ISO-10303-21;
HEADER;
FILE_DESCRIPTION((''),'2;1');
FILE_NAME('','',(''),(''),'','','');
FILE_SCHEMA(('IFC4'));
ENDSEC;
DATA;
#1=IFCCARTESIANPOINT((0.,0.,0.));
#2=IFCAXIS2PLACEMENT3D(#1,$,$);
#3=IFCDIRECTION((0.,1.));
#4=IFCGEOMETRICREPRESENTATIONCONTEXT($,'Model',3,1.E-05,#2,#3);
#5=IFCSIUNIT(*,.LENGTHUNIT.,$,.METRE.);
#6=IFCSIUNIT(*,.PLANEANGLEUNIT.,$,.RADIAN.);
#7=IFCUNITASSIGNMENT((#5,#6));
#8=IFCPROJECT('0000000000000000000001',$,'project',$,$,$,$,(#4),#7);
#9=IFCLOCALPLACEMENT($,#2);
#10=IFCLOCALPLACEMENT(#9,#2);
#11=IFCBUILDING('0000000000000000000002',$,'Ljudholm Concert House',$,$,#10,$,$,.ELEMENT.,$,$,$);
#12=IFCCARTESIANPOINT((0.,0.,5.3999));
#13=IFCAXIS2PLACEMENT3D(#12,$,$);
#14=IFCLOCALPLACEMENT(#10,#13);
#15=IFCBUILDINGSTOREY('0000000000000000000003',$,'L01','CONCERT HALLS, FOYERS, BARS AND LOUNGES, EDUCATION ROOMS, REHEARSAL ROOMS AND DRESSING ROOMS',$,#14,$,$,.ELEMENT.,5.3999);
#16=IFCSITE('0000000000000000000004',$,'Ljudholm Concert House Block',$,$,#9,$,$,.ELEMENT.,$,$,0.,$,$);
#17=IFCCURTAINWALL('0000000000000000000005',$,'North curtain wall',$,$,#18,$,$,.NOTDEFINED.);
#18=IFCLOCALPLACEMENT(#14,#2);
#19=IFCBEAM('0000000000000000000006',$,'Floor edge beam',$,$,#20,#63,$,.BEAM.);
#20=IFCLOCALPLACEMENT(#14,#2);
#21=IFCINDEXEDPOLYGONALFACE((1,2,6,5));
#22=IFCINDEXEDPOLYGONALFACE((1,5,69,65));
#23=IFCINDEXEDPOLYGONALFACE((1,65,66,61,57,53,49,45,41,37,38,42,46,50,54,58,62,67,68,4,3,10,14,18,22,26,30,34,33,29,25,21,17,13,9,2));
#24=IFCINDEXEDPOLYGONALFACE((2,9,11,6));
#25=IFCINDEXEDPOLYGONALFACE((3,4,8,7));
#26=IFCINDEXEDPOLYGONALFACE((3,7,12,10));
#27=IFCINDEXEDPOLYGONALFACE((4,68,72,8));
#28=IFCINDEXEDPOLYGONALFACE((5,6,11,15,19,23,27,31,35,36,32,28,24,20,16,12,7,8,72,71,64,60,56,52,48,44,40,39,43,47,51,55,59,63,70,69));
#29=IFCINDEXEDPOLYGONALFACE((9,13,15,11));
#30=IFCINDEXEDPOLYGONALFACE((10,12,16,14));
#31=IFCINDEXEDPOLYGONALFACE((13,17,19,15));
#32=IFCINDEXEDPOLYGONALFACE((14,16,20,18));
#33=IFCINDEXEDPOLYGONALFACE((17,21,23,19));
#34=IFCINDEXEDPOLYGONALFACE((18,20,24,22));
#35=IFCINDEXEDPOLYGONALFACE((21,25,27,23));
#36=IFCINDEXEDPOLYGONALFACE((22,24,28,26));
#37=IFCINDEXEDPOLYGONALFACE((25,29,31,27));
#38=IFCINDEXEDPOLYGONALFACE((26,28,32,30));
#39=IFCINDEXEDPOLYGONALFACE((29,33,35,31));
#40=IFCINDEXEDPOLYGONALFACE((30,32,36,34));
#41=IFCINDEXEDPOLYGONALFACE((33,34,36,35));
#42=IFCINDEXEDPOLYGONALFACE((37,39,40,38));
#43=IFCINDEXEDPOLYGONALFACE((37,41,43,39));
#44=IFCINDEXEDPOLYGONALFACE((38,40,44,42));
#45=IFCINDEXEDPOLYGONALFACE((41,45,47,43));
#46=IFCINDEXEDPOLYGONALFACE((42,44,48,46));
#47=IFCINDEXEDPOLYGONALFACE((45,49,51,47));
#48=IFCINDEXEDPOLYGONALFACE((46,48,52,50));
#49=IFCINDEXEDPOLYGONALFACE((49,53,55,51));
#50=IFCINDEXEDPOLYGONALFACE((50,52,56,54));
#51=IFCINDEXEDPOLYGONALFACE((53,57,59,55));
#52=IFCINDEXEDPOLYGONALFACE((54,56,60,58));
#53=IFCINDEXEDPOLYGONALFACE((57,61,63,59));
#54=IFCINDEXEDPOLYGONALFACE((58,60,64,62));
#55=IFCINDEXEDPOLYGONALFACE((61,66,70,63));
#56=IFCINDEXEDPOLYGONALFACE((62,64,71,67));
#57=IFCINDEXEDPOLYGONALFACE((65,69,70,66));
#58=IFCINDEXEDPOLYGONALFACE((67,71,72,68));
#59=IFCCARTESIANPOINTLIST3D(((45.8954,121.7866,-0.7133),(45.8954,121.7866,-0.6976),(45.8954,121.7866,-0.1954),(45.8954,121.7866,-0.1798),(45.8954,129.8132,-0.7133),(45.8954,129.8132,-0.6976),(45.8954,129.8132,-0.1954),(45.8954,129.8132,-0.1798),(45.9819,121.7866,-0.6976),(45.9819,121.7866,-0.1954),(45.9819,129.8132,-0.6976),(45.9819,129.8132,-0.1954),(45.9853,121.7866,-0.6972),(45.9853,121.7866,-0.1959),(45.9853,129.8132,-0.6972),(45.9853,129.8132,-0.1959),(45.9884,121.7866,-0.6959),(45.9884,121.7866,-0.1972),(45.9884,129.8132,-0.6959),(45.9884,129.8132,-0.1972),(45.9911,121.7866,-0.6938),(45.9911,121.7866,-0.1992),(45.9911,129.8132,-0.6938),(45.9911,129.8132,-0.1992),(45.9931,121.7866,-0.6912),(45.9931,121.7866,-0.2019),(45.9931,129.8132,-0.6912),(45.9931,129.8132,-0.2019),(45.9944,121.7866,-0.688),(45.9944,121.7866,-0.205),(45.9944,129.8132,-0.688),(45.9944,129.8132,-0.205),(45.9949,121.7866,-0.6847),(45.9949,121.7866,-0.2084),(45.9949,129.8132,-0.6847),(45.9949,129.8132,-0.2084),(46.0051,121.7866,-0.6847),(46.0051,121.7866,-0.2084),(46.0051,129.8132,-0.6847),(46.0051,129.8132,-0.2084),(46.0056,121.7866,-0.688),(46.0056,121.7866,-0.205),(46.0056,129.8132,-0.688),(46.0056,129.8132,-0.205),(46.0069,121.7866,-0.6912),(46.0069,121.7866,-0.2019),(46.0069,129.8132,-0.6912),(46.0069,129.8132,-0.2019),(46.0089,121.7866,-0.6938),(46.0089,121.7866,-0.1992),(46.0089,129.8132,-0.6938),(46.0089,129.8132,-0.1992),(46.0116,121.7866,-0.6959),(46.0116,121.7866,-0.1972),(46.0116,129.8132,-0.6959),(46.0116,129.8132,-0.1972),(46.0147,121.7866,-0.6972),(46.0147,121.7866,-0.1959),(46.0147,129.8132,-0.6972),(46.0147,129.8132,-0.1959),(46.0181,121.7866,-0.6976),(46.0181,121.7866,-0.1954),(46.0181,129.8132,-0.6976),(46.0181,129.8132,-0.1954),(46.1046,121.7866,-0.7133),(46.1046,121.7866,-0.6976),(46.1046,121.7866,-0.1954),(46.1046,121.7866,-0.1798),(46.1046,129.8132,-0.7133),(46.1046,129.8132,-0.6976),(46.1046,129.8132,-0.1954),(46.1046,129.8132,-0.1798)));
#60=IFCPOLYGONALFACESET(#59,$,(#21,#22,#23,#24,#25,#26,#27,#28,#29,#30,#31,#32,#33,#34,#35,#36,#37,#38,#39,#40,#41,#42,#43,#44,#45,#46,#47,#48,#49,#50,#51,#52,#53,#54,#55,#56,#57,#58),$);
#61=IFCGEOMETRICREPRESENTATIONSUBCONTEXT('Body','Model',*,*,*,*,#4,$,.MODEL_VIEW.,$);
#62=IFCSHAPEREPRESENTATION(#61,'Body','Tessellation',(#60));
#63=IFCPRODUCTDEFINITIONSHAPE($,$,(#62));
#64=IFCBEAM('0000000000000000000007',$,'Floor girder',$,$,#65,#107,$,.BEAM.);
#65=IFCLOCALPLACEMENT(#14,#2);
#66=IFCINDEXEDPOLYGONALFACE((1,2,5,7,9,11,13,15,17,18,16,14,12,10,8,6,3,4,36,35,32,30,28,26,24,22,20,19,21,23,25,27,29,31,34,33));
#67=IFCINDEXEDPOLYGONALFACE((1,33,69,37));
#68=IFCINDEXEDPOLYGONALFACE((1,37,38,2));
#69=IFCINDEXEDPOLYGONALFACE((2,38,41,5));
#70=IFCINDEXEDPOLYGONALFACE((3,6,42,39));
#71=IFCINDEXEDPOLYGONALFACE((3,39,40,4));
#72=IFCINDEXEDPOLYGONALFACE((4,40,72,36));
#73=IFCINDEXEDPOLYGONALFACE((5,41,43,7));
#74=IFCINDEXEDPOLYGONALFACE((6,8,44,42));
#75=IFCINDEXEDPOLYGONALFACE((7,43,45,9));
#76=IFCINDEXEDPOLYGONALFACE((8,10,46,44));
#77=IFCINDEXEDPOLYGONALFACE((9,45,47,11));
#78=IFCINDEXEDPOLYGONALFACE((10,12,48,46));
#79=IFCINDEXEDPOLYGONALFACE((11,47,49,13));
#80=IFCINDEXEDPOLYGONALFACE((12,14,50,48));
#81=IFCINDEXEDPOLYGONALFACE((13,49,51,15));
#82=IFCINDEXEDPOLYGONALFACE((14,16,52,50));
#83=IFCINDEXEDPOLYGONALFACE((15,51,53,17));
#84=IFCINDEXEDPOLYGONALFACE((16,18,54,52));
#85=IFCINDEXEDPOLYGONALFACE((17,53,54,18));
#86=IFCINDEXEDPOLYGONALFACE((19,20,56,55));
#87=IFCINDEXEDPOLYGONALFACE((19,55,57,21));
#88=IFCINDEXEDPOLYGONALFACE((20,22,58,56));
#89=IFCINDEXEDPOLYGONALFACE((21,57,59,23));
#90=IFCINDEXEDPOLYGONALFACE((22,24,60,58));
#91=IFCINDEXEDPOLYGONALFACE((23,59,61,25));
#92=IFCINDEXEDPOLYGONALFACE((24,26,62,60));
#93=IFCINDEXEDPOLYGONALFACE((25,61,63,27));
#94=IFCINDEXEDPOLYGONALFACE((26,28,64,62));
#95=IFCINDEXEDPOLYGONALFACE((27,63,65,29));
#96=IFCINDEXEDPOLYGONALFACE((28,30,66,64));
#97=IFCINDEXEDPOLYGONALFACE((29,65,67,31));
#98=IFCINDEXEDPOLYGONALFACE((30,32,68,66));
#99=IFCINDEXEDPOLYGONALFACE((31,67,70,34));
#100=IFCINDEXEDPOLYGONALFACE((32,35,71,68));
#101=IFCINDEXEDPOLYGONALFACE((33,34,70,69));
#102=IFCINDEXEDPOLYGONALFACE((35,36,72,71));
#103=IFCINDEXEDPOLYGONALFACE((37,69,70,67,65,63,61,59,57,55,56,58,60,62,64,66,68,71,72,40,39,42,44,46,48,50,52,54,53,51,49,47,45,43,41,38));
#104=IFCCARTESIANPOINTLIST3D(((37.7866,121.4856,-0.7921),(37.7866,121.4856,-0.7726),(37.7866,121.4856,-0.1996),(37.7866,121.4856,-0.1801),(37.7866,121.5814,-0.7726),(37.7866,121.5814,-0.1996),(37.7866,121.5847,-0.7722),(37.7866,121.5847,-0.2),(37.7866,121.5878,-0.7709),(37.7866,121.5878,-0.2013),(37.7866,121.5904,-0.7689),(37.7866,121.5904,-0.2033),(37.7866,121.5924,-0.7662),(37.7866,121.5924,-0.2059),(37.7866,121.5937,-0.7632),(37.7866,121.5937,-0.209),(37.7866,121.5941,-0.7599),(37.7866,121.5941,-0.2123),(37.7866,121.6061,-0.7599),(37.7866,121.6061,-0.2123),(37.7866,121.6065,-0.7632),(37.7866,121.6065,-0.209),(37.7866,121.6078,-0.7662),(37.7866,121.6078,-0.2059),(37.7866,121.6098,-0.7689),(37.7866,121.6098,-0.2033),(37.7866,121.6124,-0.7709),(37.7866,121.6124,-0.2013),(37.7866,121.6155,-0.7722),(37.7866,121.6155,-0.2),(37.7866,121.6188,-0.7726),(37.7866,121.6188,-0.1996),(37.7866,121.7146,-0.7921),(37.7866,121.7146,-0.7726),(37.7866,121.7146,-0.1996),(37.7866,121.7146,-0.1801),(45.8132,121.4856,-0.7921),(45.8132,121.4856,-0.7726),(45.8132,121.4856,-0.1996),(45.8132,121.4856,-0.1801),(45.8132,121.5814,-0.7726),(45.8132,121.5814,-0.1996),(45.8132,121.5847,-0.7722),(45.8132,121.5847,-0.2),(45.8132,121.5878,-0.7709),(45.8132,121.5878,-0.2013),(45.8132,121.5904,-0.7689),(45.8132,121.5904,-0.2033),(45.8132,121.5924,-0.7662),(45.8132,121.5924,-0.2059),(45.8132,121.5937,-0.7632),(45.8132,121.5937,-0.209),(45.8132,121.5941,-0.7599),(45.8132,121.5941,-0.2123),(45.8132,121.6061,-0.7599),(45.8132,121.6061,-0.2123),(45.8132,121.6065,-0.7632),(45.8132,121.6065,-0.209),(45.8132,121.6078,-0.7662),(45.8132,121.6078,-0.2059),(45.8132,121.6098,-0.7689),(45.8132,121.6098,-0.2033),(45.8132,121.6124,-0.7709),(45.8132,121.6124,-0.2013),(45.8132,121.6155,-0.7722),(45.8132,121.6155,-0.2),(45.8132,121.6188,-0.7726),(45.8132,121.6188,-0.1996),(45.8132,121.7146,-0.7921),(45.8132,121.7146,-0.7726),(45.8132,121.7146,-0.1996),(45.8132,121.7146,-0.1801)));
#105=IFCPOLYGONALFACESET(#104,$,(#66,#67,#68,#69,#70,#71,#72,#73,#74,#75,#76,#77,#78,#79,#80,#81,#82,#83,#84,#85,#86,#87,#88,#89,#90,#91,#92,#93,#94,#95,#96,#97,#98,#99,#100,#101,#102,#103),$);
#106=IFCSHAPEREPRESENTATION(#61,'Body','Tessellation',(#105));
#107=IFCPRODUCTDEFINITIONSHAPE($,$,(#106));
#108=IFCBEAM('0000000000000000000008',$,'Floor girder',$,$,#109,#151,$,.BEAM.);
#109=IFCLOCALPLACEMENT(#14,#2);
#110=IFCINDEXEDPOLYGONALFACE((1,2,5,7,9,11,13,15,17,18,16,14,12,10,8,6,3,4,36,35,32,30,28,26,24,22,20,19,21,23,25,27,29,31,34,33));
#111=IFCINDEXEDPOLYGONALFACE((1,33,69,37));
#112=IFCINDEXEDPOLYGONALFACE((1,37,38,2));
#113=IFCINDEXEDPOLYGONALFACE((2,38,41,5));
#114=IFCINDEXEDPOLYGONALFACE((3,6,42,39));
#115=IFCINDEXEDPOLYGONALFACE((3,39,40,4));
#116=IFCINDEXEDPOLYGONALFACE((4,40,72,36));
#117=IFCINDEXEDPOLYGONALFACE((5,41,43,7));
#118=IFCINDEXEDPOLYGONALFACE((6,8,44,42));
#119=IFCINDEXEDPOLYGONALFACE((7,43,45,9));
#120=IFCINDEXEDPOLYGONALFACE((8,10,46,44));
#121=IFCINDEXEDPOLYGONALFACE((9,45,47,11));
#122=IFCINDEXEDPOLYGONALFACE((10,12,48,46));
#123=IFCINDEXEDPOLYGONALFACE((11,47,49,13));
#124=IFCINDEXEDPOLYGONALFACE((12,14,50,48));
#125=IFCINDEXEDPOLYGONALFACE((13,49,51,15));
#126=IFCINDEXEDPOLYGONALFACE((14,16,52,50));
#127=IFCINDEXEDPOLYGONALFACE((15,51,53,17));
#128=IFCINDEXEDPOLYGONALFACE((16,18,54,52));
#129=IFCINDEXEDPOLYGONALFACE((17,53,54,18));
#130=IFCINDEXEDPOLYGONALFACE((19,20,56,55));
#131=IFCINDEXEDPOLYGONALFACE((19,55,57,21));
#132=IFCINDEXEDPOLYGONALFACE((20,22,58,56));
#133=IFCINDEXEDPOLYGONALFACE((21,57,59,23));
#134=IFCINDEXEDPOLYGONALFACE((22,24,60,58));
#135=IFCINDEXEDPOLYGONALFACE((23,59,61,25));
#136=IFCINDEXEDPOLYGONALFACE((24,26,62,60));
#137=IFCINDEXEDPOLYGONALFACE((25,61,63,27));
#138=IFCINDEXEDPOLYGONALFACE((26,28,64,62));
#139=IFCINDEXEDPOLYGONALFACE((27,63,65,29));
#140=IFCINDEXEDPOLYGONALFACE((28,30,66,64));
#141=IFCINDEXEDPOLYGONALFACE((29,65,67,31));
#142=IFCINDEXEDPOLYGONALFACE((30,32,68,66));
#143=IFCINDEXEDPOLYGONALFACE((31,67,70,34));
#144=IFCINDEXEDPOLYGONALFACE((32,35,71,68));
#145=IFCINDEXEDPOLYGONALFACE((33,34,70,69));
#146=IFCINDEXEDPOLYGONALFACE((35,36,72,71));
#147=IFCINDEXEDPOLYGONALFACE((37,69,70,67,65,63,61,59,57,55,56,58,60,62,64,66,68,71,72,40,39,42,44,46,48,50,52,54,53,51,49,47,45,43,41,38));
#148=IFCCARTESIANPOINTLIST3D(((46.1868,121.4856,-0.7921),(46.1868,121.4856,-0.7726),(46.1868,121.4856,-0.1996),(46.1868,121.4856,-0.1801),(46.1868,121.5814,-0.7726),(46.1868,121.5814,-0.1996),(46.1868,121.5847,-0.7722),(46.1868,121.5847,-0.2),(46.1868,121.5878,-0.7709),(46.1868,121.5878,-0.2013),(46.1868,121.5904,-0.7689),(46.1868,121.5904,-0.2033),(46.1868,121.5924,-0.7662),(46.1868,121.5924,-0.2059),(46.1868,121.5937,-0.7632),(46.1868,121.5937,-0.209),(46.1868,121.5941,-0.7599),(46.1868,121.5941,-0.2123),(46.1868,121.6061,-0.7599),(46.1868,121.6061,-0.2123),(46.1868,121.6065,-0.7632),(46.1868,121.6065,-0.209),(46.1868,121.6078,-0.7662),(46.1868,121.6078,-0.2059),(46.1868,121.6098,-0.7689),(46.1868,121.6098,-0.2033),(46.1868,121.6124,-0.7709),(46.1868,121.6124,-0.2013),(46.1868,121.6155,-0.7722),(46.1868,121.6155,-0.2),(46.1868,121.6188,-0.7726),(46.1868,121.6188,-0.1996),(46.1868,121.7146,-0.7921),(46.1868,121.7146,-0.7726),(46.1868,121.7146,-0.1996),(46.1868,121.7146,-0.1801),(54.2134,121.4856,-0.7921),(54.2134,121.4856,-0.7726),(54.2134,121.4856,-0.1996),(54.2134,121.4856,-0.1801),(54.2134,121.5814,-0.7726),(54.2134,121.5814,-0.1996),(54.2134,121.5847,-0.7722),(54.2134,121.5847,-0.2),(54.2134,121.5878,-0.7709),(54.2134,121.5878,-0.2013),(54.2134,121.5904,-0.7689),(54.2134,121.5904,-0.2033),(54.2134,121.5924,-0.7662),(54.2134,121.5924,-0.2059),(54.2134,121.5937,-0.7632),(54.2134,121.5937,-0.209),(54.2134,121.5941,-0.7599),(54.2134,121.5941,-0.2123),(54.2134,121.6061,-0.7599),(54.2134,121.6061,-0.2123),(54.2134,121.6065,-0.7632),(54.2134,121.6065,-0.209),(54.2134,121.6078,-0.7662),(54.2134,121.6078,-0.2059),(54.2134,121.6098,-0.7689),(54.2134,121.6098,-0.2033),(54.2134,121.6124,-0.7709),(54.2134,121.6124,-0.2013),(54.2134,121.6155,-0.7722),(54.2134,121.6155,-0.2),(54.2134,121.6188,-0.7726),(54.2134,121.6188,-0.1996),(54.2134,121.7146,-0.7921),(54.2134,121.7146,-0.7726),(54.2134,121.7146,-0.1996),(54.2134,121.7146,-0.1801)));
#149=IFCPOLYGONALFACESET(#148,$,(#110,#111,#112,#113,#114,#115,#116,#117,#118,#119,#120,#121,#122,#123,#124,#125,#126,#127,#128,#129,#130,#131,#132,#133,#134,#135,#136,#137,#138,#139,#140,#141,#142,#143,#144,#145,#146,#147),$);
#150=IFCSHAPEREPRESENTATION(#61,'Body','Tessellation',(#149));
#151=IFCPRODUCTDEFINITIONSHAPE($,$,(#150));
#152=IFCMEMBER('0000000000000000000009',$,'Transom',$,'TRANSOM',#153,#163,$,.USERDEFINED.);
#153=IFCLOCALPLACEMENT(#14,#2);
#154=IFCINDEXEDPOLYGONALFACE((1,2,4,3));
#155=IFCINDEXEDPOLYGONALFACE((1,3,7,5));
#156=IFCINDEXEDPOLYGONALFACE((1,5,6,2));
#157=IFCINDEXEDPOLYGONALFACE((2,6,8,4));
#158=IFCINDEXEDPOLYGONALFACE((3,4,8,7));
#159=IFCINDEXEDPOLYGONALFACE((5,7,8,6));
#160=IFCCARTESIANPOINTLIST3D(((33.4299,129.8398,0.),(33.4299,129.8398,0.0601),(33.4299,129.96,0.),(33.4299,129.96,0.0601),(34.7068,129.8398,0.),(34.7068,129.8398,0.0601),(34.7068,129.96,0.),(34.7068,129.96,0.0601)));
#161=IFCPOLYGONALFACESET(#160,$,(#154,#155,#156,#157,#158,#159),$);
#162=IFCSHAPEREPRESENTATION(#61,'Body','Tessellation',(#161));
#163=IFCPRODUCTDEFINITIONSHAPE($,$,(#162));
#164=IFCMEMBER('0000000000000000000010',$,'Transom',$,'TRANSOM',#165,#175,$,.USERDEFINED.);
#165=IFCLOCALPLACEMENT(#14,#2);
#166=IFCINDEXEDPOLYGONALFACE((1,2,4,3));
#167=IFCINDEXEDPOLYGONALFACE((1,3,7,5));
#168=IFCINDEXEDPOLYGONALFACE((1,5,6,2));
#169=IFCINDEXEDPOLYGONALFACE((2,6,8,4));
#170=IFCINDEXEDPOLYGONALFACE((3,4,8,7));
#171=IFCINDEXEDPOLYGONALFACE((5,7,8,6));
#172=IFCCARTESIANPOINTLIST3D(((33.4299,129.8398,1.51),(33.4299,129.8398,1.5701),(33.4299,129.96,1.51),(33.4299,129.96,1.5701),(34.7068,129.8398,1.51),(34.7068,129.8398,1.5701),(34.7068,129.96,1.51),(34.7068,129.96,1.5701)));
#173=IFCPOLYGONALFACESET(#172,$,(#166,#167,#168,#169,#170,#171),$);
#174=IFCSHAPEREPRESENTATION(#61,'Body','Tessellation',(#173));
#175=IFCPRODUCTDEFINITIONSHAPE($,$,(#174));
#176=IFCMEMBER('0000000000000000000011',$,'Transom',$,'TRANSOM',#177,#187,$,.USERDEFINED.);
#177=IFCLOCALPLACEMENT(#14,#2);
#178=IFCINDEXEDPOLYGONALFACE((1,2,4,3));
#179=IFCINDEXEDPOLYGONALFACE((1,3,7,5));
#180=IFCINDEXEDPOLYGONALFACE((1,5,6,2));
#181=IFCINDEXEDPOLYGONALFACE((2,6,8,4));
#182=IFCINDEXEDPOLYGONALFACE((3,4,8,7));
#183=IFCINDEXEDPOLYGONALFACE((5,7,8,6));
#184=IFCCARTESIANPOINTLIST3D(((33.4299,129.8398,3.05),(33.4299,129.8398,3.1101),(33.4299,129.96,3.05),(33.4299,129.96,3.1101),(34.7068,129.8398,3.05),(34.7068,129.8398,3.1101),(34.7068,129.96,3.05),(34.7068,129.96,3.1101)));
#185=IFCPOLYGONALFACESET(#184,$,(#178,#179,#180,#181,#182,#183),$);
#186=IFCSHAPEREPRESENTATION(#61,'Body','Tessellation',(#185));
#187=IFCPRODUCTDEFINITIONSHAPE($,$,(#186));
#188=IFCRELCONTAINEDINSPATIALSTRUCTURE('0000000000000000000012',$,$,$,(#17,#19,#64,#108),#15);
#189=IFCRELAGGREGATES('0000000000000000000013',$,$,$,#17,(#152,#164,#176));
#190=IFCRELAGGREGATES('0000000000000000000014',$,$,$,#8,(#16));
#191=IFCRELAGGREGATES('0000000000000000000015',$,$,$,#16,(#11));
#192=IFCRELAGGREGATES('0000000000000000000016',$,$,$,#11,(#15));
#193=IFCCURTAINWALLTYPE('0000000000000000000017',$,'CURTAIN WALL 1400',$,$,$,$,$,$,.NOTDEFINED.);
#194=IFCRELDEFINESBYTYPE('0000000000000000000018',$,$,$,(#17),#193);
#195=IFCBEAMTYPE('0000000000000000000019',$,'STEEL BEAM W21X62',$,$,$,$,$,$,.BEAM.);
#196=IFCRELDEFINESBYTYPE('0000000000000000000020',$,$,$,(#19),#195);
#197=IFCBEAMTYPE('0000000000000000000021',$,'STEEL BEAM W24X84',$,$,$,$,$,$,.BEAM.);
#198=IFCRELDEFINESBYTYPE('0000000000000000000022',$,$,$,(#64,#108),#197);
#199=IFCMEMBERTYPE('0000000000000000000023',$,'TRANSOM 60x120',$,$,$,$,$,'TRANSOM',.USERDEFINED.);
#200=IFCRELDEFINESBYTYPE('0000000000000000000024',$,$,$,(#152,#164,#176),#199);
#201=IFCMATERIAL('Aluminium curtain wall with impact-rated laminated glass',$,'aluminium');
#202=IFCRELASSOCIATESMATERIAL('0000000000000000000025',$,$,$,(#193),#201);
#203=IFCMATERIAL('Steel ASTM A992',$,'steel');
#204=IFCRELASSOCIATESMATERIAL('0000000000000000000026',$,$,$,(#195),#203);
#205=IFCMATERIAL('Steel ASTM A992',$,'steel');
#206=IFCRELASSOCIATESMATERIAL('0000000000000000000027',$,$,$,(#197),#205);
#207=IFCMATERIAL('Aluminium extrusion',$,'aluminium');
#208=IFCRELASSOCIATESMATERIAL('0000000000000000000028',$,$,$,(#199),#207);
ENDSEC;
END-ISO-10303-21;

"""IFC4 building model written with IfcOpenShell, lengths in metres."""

from ifc_helpers import new_model, si_unit, direction, frame, origin, origin_2d, place, context, subcontext, project, spatial, rectangle, i_section, extrude, material, material_profile, profile_set, type_object, element, aggregate, save


model = new_model("IFC4")

# Units and contexts
model_context = context("Model", 3, precision=1e-05, world=origin(), true_north=direction((0.0, 1.0)))
body_context = subcontext(model_context, "Body", "Model", "MODEL_VIEW")
ifc_project = project(units=[si_unit("LENGTHUNIT", "METRE"), si_unit("PLANEANGLEUNIT", "RADIAN")], contexts=[model_context])

# Site, building, storey
site_placement = place(None, origin())
site = spatial("IfcSite", under=ifc_project, at=site_placement, Name="Ljudholm Concert House Block", CompositionType="ELEMENT", RefElevation=0.0)
building_placement = place(site_placement, origin())
building = spatial("IfcBuilding", under=site, at=building_placement, Name="Ljudholm Concert House", CompositionType="ELEMENT")
storey_placement = place(building_placement, frame((0.0, 0.0, 5.3999)))
storey = spatial("IfcBuildingStorey", under=building, at=storey_placement, Name="L01", Description="CONCERT HALLS, FOYERS, BARS AND LOUNGES, EDUCATION ROOMS, REHEARSAL ROOMS AND DRESSING ROOMS", CompositionType="ELEMENT", Elevation=5.3999)

# Curtain wall
ifc_material_1 = material(Name="Aluminium curtain wall with impact-rated laminated glass", Category="aluminium")
curtain_wall_type = type_object("IfcCurtainWallType", Name="CURTAIN WALL 1400", PredefinedType="NOTDEFINED", material=ifc_material_1)
curtain_wall_placement = place(storey_placement, origin())
curtain_wall = element("IfcCurtainWall", 1, at=curtain_wall_placement, inside=storey, type_object=curtain_wall_type, Name="North curtain wall", PredefinedType="NOTDEFINED")

# Beams
ifc_material_2 = material(Name="Steel ASTM A992", Category="steel")
ifc_material_profile_1 = material_profile(ifc_material_2, i_section(OverallWidth=0.2092, OverallDepth=0.5334, WebThickness=0.0103, FlangeThickness=0.0156, FilletRadius=0.0129, at=origin_2d()), Name="W21X62")
ifc_profile_set_1 = profile_set([ifc_material_profile_1], Name="Steel ASTM A992")
beam_type_1 = type_object("IfcBeamType", Name="STEEL BEAM W21X62", PredefinedType="BEAM", material=ifc_profile_set_1)
for number, where, z_axis, x_axis, name in (
    (2, (46.0, 121.7866, -0.4465), (0.0, 1.0, 0.0), (-1.0, 0.0, 0.0), "Floor edge beam"),
):
    element("IfcBeam", number, at=place(storey_placement, frame(where, z_axis=z_axis, x_axis=x_axis)), inside=storey, type_object=beam_type_1, Name=name, PredefinedType="BEAM", context=body_context, shape_type="SweptSolid", body=[
        extrude(i_section(OverallWidth=0.2092, OverallDepth=0.5334, WebThickness=0.0103, FlangeThickness=0.0156, FilletRadius=0.0129, at=origin_2d()), origin(), (0.0, 0.0, 1.0), 8.0266),
    ])
ifc_material_3 = material(Name="Steel ASTM A992", Category="steel")
ifc_material_profile_2 = material_profile(ifc_material_3, i_section(OverallWidth=0.229, OverallDepth=0.6121, WebThickness=0.012, FlangeThickness=0.0195, FilletRadius=0.0127, at=origin_2d()), Name="W24X84")
ifc_profile_set_2 = profile_set([ifc_material_profile_2], Name="Steel ASTM A992")
beam_type_2 = type_object("IfcBeamType", Name="STEEL BEAM W24X84", PredefinedType="BEAM", material=ifc_profile_set_2)
for number, where, z_axis, x_axis, name in (
    (3, (37.7866, 121.6001, -0.4861), (1.0, 0.0, 0.0), (0.0, 1.0, 0.0), "Floor girder"),
    (4, (46.1868, 121.6001, -0.4861), (1.0, 0.0, 0.0), (0.0, 1.0, 0.0), "Floor girder"),
):
    element("IfcBeam", number, at=place(storey_placement, frame(where, z_axis=z_axis, x_axis=x_axis)), inside=storey, type_object=beam_type_2, Name=name, PredefinedType="BEAM", context=body_context, shape_type="SweptSolid", body=[
        extrude(i_section(OverallWidth=0.229, OverallDepth=0.6121, WebThickness=0.012, FlangeThickness=0.0195, FilletRadius=0.0127, at=origin_2d()), origin(), (0.0, 0.0, 1.0), 8.0266),
    ])

# Members
ifc_material_4 = material(Name="Aluminium extrusion", Category="aluminium")
ifc_material_profile_3 = material_profile(ifc_material_4, rectangle(XDim=0.1201, YDim=0.0601, at=origin_2d()), Name="TRANSOM 60x120")
ifc_profile_set_3 = profile_set([ifc_material_profile_3], Name="Aluminium extrusion")
member_type_1 = type_object("IfcMemberType", Name="TRANSOM 60x120", ElementType="TRANSOM", PredefinedType="USERDEFINED", material=ifc_profile_set_3)
member_1_placement = place(storey_placement, frame((33.4299, 129.8999, 0.03), z_axis=(1.0, 0.0, 0.0), x_axis=(0.0, 1.0, 0.0)))
member_1 = element("IfcMember", 5, at=member_1_placement, type_object=member_type_1, Name="Transom", ObjectType="TRANSOM", PredefinedType="USERDEFINED", context=body_context, shape_type="SweptSolid", body=[
    extrude(rectangle(XDim=0.1201, YDim=0.0601, at=origin_2d()), origin(), (0.0, 0.0, 1.0), 1.2769),
])
member_2_placement = place(storey_placement, frame((33.4299, 129.8999, 1.54), z_axis=(1.0, 0.0, 0.0), x_axis=(0.0, 1.0, 0.0)))
member_2 = element("IfcMember", 6, at=member_2_placement, type_object=member_type_1, Name="Transom", ObjectType="TRANSOM", PredefinedType="USERDEFINED", context=body_context, shape_type="SweptSolid", body=[
    extrude(rectangle(XDim=0.1201, YDim=0.0601, at=origin_2d()), origin(), (0.0, 0.0, 1.0), 1.2769),
])
member_3_placement = place(storey_placement, frame((33.4299, 129.8999, 3.0801), z_axis=(1.0, 0.0, 0.0), x_axis=(0.0, 1.0, 0.0)))
member_3 = element("IfcMember", 7, at=member_3_placement, type_object=member_type_1, Name="Transom", ObjectType="TRANSOM", PredefinedType="USERDEFINED", context=body_context, shape_type="SweptSolid", body=[
    extrude(rectangle(XDim=0.1201, YDim=0.0601, at=origin_2d()), origin(), (0.0, 0.0, 1.0), 1.2769),
])

aggregate(curtain_wall, [member_1, member_2, member_3])

save(model, "model.ifc")
